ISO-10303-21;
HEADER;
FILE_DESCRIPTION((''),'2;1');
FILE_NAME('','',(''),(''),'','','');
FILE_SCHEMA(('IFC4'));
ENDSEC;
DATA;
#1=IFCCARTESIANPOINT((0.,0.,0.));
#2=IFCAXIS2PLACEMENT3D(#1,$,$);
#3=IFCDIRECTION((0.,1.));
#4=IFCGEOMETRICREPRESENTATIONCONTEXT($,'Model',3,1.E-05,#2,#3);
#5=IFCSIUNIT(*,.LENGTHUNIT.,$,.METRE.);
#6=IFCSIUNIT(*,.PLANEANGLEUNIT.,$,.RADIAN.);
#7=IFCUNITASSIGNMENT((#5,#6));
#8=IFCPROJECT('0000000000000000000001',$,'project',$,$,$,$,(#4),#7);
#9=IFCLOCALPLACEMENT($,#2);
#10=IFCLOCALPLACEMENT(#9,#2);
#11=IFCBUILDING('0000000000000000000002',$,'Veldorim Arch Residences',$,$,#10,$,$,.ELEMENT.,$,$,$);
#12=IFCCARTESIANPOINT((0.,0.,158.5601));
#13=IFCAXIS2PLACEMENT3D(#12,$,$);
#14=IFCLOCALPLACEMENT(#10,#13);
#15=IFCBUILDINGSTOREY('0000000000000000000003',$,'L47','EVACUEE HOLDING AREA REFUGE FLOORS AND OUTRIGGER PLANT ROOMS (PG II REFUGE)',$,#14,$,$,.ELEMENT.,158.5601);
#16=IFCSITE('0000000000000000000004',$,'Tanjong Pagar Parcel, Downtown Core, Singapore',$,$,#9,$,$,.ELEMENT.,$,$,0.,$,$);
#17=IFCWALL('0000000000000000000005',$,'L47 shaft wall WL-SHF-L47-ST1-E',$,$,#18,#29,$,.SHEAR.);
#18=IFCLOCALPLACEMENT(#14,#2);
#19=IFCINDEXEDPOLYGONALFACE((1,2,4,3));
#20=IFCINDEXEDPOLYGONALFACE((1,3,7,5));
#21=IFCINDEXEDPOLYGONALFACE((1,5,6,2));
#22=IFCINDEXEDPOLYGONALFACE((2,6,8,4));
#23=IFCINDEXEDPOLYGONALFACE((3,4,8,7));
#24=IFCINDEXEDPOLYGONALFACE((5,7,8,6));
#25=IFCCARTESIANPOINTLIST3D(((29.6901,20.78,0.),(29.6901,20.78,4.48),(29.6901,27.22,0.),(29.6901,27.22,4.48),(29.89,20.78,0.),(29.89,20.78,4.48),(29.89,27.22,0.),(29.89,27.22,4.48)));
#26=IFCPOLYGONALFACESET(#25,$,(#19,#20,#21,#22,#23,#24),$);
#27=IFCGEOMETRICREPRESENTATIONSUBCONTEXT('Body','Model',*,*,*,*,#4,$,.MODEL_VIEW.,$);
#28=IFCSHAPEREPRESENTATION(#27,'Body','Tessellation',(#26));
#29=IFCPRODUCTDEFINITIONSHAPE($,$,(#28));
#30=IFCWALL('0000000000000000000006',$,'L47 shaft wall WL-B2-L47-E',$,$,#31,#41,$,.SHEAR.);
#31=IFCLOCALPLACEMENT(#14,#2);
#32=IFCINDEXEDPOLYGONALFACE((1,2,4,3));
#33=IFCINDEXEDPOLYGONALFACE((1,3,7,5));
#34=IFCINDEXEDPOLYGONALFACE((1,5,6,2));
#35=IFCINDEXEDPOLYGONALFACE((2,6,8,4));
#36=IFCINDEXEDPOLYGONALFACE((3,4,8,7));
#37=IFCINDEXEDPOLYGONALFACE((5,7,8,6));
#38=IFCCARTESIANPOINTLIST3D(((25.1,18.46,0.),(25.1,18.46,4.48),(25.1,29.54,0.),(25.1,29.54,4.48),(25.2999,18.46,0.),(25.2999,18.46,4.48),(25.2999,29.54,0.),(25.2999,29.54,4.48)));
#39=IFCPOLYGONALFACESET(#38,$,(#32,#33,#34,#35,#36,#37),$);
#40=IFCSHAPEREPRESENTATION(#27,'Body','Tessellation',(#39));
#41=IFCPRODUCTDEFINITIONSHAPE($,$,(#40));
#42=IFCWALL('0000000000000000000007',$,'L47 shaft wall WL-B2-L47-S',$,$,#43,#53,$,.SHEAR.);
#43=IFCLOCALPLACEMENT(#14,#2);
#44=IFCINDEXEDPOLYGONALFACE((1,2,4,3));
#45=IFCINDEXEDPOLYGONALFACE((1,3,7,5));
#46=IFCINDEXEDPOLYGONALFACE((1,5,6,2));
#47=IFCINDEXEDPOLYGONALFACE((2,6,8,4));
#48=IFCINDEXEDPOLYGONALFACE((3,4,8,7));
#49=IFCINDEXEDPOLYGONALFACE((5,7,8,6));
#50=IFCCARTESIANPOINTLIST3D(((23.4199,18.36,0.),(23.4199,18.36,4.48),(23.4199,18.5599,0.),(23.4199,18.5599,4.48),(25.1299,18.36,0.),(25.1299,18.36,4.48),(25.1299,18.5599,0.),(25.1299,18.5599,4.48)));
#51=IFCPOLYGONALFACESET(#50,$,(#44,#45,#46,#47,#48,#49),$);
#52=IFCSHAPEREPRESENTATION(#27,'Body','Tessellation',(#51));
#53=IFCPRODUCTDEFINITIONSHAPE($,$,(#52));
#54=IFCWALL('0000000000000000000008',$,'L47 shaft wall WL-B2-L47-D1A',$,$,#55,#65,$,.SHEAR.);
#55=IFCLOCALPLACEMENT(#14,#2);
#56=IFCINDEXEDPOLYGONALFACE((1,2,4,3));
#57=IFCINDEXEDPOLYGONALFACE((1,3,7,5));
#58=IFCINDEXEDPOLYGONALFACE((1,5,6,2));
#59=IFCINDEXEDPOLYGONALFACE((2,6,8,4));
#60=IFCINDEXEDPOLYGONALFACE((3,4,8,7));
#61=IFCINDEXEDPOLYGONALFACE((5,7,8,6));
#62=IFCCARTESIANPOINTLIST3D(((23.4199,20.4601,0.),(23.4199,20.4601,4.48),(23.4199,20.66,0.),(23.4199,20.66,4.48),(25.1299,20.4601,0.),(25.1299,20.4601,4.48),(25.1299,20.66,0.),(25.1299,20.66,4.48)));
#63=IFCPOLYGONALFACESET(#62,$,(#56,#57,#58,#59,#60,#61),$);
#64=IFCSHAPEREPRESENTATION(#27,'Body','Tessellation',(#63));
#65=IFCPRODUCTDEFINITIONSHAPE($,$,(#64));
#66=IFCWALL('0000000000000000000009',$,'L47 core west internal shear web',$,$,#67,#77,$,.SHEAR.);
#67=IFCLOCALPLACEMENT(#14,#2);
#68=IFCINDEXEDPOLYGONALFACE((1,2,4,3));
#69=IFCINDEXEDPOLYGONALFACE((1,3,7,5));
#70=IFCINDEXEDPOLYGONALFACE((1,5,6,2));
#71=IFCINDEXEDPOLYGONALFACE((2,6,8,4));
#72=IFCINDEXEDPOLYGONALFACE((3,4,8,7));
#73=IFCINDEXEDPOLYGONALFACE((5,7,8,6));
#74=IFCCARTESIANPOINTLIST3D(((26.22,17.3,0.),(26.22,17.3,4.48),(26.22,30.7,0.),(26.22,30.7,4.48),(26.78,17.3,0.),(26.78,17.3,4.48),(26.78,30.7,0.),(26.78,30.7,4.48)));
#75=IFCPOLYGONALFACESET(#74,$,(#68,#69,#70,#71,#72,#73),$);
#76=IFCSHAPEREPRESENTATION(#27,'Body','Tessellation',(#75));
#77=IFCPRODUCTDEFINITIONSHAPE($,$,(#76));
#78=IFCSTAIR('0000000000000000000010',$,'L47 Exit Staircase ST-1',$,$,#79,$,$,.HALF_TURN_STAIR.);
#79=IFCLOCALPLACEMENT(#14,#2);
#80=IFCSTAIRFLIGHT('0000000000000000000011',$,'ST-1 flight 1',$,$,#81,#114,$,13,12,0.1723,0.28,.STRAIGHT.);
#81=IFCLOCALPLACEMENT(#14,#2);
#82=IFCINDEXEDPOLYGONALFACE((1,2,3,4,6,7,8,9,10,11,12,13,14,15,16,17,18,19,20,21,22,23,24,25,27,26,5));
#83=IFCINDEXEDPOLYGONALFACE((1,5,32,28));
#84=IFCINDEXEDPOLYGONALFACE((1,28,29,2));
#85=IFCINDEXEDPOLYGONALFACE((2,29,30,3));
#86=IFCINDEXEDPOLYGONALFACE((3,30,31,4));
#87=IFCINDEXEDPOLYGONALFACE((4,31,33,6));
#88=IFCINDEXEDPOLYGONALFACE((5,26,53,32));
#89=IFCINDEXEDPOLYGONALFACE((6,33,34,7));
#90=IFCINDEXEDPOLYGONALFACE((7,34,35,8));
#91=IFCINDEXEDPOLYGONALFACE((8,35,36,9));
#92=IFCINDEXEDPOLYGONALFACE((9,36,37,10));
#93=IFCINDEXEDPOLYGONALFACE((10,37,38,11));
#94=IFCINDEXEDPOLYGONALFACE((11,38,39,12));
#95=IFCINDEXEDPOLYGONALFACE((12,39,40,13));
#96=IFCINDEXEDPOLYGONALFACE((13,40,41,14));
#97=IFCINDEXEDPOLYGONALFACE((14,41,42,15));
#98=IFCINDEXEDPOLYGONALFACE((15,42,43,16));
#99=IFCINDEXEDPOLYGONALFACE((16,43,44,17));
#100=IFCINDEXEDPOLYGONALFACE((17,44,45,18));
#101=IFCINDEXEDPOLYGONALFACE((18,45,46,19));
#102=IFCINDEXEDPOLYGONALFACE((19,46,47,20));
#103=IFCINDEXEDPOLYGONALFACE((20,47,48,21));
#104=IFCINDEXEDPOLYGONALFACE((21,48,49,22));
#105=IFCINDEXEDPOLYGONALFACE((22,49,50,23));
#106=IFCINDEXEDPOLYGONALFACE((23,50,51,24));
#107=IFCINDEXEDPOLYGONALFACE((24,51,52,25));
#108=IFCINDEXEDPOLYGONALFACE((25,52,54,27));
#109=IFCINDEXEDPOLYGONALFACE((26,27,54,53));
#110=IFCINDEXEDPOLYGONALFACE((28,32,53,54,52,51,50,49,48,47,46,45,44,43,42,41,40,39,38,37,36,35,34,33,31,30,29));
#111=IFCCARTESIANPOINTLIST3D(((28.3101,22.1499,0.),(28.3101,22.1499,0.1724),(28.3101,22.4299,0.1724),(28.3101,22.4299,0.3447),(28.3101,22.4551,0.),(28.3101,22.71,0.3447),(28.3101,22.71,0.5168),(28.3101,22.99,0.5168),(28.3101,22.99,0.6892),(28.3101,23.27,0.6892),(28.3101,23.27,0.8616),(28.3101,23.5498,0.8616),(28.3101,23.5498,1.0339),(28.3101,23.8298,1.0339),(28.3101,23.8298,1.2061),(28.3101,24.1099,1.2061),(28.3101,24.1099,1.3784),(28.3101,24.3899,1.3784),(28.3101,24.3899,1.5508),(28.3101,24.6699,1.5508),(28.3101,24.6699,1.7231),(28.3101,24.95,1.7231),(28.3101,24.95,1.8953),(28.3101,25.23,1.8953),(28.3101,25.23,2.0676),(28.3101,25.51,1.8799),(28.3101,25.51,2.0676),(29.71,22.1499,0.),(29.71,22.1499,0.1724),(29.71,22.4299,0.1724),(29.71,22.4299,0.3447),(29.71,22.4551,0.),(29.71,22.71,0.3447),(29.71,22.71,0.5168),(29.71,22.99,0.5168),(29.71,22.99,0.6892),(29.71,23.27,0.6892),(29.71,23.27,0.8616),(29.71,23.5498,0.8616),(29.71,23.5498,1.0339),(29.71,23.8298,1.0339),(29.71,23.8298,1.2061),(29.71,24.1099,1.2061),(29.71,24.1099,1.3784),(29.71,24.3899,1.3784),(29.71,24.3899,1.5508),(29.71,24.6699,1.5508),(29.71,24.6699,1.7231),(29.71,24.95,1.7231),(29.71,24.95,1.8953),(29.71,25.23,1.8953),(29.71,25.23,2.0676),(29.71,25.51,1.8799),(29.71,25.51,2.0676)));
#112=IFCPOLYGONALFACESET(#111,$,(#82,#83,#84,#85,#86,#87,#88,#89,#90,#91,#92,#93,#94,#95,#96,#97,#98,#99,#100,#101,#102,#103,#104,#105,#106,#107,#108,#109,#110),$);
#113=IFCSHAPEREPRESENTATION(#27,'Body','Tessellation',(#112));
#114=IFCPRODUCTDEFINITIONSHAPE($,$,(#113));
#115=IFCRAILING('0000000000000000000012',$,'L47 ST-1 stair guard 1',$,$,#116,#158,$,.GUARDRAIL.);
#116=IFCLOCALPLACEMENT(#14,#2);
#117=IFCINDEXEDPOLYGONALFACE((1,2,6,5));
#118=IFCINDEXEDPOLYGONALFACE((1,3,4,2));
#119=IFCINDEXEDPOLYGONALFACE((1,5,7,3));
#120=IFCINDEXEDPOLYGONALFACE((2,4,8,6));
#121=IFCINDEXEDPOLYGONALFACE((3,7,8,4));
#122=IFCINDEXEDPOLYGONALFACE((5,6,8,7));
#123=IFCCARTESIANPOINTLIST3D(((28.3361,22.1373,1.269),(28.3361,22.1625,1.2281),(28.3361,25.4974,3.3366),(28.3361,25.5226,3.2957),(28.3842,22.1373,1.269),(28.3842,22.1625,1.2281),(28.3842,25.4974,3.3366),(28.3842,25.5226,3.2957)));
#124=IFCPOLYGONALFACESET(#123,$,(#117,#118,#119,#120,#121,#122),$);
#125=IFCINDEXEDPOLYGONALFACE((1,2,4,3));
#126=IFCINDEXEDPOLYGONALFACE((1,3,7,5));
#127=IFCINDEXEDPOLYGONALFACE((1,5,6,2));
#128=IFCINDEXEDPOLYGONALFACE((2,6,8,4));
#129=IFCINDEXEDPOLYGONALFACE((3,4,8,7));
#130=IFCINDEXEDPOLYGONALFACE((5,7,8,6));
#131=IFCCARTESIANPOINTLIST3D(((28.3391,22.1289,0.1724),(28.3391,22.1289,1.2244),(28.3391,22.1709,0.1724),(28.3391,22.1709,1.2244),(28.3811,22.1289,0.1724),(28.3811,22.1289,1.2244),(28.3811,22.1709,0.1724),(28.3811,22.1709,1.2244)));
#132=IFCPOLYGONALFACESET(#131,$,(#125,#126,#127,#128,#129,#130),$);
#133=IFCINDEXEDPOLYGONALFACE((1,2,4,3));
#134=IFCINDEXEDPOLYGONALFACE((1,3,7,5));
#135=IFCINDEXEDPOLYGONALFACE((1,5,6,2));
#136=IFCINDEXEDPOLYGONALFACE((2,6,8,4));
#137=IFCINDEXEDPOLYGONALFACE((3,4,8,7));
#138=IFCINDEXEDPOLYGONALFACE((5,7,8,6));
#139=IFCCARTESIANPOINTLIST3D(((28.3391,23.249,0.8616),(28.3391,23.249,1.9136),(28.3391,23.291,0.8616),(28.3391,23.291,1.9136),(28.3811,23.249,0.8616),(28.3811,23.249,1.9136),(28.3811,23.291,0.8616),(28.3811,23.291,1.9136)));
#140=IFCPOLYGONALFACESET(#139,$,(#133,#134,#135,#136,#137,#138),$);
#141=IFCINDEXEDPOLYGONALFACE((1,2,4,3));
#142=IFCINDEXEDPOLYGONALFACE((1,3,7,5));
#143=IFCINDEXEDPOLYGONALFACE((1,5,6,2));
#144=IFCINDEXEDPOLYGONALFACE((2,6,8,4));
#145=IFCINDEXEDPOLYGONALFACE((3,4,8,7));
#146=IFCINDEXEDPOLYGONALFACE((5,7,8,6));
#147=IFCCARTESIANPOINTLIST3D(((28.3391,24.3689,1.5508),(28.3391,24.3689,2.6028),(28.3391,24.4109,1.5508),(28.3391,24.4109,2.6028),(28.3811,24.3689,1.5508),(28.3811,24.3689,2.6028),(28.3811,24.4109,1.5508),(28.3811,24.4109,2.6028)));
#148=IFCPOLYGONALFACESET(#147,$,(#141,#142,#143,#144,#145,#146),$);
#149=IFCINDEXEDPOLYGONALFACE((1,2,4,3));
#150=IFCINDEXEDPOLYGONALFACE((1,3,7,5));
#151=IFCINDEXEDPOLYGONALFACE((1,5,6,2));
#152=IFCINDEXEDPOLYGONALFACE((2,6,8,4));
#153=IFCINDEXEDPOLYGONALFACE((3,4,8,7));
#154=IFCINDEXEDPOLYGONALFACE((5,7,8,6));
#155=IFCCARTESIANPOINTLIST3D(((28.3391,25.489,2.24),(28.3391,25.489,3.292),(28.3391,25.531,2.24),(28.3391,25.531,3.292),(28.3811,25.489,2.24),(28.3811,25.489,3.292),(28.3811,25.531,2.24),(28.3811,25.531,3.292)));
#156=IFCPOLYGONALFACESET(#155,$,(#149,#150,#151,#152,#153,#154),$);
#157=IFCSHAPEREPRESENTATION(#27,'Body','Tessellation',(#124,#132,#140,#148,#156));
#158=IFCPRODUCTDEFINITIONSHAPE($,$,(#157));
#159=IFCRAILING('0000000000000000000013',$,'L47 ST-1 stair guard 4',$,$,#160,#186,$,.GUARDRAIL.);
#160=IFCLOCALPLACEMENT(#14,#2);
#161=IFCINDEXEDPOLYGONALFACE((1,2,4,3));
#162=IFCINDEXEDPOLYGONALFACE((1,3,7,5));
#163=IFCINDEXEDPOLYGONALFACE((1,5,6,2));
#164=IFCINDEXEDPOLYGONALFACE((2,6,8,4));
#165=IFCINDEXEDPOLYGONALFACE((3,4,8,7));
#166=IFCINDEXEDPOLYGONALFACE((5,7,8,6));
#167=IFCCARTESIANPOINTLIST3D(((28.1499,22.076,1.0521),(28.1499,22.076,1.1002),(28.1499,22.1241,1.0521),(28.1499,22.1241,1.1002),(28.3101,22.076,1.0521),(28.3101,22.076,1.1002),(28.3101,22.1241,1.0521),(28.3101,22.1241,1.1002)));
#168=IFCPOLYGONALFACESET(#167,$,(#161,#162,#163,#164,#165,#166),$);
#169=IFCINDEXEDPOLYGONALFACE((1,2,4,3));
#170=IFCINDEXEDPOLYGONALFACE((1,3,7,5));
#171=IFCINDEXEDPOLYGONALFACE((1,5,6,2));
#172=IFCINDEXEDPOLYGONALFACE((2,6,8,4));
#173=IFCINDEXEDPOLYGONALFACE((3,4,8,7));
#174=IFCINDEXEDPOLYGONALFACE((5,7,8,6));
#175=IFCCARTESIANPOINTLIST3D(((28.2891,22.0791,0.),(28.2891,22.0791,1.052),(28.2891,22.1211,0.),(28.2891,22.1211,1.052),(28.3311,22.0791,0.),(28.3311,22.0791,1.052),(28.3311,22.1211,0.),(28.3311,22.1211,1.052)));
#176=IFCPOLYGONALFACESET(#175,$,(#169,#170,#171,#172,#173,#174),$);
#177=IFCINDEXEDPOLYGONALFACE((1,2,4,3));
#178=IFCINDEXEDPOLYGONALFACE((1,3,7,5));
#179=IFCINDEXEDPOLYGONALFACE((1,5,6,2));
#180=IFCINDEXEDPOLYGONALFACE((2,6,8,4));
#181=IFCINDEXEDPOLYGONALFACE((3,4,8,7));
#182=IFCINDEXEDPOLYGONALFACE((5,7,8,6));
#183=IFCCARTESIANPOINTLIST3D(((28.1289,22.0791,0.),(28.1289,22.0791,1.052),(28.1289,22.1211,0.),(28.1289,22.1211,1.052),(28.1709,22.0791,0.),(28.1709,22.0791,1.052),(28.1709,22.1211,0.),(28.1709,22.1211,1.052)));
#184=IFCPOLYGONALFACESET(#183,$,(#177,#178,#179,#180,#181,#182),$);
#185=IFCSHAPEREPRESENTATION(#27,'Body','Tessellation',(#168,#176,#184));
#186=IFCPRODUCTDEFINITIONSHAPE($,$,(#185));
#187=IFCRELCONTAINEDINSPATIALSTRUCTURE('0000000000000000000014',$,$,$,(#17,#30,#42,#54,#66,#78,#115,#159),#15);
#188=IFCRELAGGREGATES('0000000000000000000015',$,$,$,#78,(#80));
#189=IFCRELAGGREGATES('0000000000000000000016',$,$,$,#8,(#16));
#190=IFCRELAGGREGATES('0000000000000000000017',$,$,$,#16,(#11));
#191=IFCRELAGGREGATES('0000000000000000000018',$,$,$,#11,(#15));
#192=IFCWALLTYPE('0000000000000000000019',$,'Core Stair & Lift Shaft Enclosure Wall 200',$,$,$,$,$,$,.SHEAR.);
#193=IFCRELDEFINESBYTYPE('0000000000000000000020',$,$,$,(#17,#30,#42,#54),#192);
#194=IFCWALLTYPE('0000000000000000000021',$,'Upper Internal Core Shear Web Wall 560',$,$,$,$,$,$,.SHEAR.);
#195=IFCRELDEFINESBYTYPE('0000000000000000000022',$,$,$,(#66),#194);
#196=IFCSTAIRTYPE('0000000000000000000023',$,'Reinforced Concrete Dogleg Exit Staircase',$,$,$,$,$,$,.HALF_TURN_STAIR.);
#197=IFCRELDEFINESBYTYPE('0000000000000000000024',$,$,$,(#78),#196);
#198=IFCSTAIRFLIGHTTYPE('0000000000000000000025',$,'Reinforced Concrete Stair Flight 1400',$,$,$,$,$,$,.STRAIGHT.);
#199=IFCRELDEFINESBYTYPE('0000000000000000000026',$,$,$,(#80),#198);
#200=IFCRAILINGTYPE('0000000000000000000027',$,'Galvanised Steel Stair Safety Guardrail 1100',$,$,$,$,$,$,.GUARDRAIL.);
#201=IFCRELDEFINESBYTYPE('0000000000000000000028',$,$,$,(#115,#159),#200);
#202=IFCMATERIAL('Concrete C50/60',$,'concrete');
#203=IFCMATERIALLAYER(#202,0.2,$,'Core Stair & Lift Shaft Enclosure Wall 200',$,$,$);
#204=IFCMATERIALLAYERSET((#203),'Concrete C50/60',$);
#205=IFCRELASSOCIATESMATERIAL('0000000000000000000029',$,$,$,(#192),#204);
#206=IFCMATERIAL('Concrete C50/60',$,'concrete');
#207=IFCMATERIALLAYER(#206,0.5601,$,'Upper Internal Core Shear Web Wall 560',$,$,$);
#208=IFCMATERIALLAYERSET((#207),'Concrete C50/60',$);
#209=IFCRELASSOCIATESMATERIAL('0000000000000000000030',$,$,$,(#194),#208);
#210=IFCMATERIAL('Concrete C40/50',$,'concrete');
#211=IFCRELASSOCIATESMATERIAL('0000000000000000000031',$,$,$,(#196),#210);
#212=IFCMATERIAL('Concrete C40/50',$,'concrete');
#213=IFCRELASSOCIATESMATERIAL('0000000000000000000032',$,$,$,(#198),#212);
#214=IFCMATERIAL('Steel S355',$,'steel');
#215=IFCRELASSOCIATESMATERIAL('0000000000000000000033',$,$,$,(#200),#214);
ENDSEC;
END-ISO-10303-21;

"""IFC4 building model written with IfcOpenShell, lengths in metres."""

from ifc_helpers import new_model, si_unit, direction, frame, frame_2d, origin, origin_2d, place, context, subcontext, project, spatial, polyline, rectangle, outline, extrude, material, layer, layer_set, type_object, element, aggregate, save


model = new_model("IFC4")

# Units and contexts
model_context = context("Model", 3, precision=1e-05, world=origin(), true_north=direction((0.0, 1.0)))
body_context = subcontext(model_context, "Body", "Model", "MODEL_VIEW")
ifc_project = project(units=[si_unit("LENGTHUNIT", "METRE"), si_unit("PLANEANGLEUNIT", "RADIAN")], contexts=[model_context])

# Site, building, storey
site_placement = place(None, origin())
site = spatial("IfcSite", under=ifc_project, at=site_placement, Name="Tanjong Pagar Parcel, Downtown Core, Singapore", CompositionType="ELEMENT", RefElevation=0.0)
building_placement = place(site_placement, origin())
building = spatial("IfcBuilding", under=site, at=building_placement, Name="Veldorim Arch Residences", CompositionType="ELEMENT")
storey_placement = place(building_placement, frame((0.0, 0.0, 158.5601)))
storey = spatial("IfcBuildingStorey", under=building, at=storey_placement, Name="L47", Description="EVACUEE HOLDING AREA REFUGE FLOORS AND OUTRIGGER PLANT ROOMS (PG II REFUGE)", CompositionType="ELEMENT", Elevation=158.5601)

# Wall
ifc_material_1 = material(Name="Concrete C50/60", Category="concrete")
ifc_layer_1 = layer(ifc_material_1, 0.2, Name="Core Stair & Lift Shaft Enclosure Wall 200")
ifc_layer_set_1 = layer_set([ifc_layer_1], Name="Concrete C50/60")
wall_type_1 = type_object("IfcWallType", Name="Core Stair & Lift Shaft Enclosure Wall 200", PredefinedType="SHEAR", material=ifc_layer_set_1)
wall_1_placement = place(storey_placement, frame((29.79, 20.78, 0.0), z_axis=(0.0, 0.0, 1.0), x_axis=(0.0, 1.0, 0.0)))
element("IfcWall", 1, at=wall_1_placement, inside=storey, type_object=wall_type_1, Name="L47 shaft wall WL-SHF-L47-ST1-E", PredefinedType="SHEAR", context=body_context, shape_type="SweptSolid", body=[
    extrude(rectangle(XDim=6.4399, YDim=0.2, at=frame_2d((3.22, 0.0))), origin(), (0.0, 0.0, 1.0), 4.48),
])

# Walls
wall_2_placement = place(storey_placement, frame((25.2, 18.46, 0.0), z_axis=(0.0, 0.0, 1.0), x_axis=(0.0, 1.0, 0.0)))
element("IfcWall", 2, at=wall_2_placement, inside=storey, type_object=wall_type_1, Name="L47 shaft wall WL-B2-L47-E", PredefinedType="SHEAR", context=body_context, shape_type="SweptSolid", body=[
    extrude(rectangle(XDim=11.0801, YDim=0.2, at=frame_2d((5.54, 0.0))), origin(), (0.0, 0.0, 1.0), 4.48),
])
for number, where, z_axis, x_axis, name in (
    (3, (23.4199, 18.46, 0.0), (0.0, 0.0, 1.0), (1.0, 0.0, 0.0), "L47 shaft wall WL-B2-L47-S"),
    (4, (23.4199, 20.5601, 0.0), (0.0, 0.0, 1.0), (1.0, 0.0, 0.0), "L47 shaft wall WL-B2-L47-D1A"),
):
    element("IfcWall", number, at=place(storey_placement, frame(where, z_axis=z_axis, x_axis=x_axis)), inside=storey, type_object=wall_type_1, Name=name, PredefinedType="SHEAR", context=body_context, shape_type="SweptSolid", body=[
        extrude(rectangle(XDim=1.71, YDim=0.2, at=frame_2d((0.855, 0.0))), origin(), (0.0, 0.0, 1.0), 4.48),
    ])

# Wall
ifc_material_2 = material(Name="Concrete C50/60", Category="concrete")
ifc_layer_2 = layer(ifc_material_2, 0.5601, Name="Upper Internal Core Shear Web Wall 560")
ifc_layer_set_2 = layer_set([ifc_layer_2], Name="Concrete C50/60")
wall_type_2 = type_object("IfcWallType", Name="Upper Internal Core Shear Web Wall 560", PredefinedType="SHEAR", material=ifc_layer_set_2)
wall_3_placement = place(storey_placement, frame((26.5, 17.3, 0.0), z_axis=(0.0, 0.0, 1.0), x_axis=(0.0, 1.0, 0.0)))
element("IfcWall", 5, at=wall_3_placement, inside=storey, type_object=wall_type_2, Name="L47 core west internal shear web", PredefinedType="SHEAR", context=body_context, shape_type="SweptSolid", body=[
    extrude(rectangle(XDim=13.3999, YDim=0.5601, at=frame_2d((6.7, 0.0))), origin(), (0.0, 0.0, 1.0), 4.48),
])

# Stair, stair flight
ifc_material_3 = material(Name="Concrete C40/50", Category="concrete")
stair_type = type_object("IfcStairType", Name="Reinforced Concrete Dogleg Exit Staircase", PredefinedType="HALF_TURN_STAIR", material=ifc_material_3)
stair_placement = place(storey_placement, origin())
stair = element("IfcStair", 6, at=stair_placement, inside=storey, type_object=stair_type, Name="L47 Exit Staircase ST-1", PredefinedType="HALF_TURN_STAIR")
ifc_material_4 = material(Name="Concrete C40/50", Category="concrete")
stair_flight_type = type_object("IfcStairFlightType", Name="Reinforced Concrete Stair Flight 1400", PredefinedType="STRAIGHT", material=ifc_material_4)
stair_flight_placement = place(storey_placement, frame((29.01, 22.1499, 0.0), z_axis=(0.0, 0.0, 1.0), x_axis=(0.0, 1.0, 0.0)))
stair_flight = element("IfcStairFlight", 7, at=stair_flight_placement, type_object=stair_flight_type, Name="ST-1 flight 1", NumberOfRisers=13, NumberOfTreads=12, PredefinedType="STRAIGHT", RiserHeight=0.1723, TreadLength=0.28, context=body_context, shape_type="SweptSolid", body=[
    extrude(outline(polyline([(0.0, 0.0), (0.0, 0.1724), (0.28, 0.1724), (0.28, 0.3447), (0.5601, 0.3447), (0.5601, 0.5168), (0.8401, 0.5168), (0.8401, 0.6892), (1.1201, 0.6892), (1.1201, 0.8616), (1.3999, 0.8616), (1.3999, 1.0339), (1.6799, 1.0339), (1.6799, 1.2061), (1.96, 1.2061), (1.96, 1.3784), (2.24, 1.3784), (2.24, 1.5508), (2.52, 1.5508), (2.52, 1.7231), (2.8, 1.7231), (2.8, 1.8953), (3.0801, 1.8953), (3.0801, 2.0676), (3.3601, 2.0676), (3.3601, 2.24), (3.3601, 1.8799), (0.3052, 0.0), (0.0, 0.0)])), frame((0.0, 0.7, 0.0), z_axis=(0.0, -1.0, 0.0), x_axis=(1.0, 0.0, 0.0)), (0.0, 0.0, 1.0), 1.3999),
])
aggregate(stair, [stair_flight])

# Railings
ifc_material_5 = material(Name="Steel S355", Category="steel")
railing_type_1 = type_object("IfcRailingType", Name="Galvanised Steel Stair Safety Guardrail 1100", PredefinedType="GUARDRAIL", material=ifc_material_5)
railing_1_placement = place(storey_placement, frame((28.3601, 22.1499, 0.1724)))
element("IfcRailing", 8, at=railing_1_placement, inside=storey, type_object=railing_type_1, Name="L47 ST-1 stair guard 1", PredefinedType="GUARDRAIL", context=body_context, shape_type="SweptSolid", body=[
    extrude(rectangle(XDim=0.0481, YDim=0.0481, at=origin_2d()), frame((0.0, 0.0, 1.0762), z_axis=(0.0, 0.851673, 0.524073), x_axis=(-1.0, 0.0, 0.0)), (0.0, 0.0, 1.0), 3.9453),
    extrude(rectangle(XDim=0.042, YDim=0.042, at=origin_2d()), origin(), (0.0, 0.0, 1.0), 1.052),
    extrude(rectangle(XDim=0.042, YDim=0.042, at=origin_2d()), frame((0.0, 1.1201, 0.6892)), (0.0, 0.0, 1.0), 1.052),
    extrude(rectangle(XDim=0.042, YDim=0.042, at=origin_2d()), frame((0.0, 2.24, 1.3784)), (0.0, 0.0, 1.0), 1.052),
    extrude(rectangle(XDim=0.042, YDim=0.042, at=origin_2d()), frame((0.0, 3.3601, 2.0676)), (0.0, 0.0, 1.0), 1.052),
])
railing_2_placement = place(storey_placement, frame((28.3101, 22.1001, 0.0)))
element("IfcRailing", 9, at=railing_2_placement, inside=storey, type_object=railing_type_1, Name="L47 ST-1 stair guard 4", PredefinedType="GUARDRAIL", context=body_context, shape_type="SweptSolid", body=[
    extrude(rectangle(XDim=0.0481, YDim=0.0481, at=origin_2d()), frame((0.0, 0.0, 1.0762), z_axis=(-1.0, 0.0, 0.0), x_axis=(0.0, -1.0, 0.0)), (0.0, 0.0, 1.0), 0.1602),
    extrude(rectangle(XDim=0.042, YDim=0.042, at=origin_2d()), origin(), (0.0, 0.0, 1.0), 1.052),
    extrude(rectangle(XDim=0.042, YDim=0.042, at=origin_2d()), frame((-0.1602, 0.0, 0.0)), (0.0, 0.0, 1.0), 1.052),
])

save(model, "model.ifc")
